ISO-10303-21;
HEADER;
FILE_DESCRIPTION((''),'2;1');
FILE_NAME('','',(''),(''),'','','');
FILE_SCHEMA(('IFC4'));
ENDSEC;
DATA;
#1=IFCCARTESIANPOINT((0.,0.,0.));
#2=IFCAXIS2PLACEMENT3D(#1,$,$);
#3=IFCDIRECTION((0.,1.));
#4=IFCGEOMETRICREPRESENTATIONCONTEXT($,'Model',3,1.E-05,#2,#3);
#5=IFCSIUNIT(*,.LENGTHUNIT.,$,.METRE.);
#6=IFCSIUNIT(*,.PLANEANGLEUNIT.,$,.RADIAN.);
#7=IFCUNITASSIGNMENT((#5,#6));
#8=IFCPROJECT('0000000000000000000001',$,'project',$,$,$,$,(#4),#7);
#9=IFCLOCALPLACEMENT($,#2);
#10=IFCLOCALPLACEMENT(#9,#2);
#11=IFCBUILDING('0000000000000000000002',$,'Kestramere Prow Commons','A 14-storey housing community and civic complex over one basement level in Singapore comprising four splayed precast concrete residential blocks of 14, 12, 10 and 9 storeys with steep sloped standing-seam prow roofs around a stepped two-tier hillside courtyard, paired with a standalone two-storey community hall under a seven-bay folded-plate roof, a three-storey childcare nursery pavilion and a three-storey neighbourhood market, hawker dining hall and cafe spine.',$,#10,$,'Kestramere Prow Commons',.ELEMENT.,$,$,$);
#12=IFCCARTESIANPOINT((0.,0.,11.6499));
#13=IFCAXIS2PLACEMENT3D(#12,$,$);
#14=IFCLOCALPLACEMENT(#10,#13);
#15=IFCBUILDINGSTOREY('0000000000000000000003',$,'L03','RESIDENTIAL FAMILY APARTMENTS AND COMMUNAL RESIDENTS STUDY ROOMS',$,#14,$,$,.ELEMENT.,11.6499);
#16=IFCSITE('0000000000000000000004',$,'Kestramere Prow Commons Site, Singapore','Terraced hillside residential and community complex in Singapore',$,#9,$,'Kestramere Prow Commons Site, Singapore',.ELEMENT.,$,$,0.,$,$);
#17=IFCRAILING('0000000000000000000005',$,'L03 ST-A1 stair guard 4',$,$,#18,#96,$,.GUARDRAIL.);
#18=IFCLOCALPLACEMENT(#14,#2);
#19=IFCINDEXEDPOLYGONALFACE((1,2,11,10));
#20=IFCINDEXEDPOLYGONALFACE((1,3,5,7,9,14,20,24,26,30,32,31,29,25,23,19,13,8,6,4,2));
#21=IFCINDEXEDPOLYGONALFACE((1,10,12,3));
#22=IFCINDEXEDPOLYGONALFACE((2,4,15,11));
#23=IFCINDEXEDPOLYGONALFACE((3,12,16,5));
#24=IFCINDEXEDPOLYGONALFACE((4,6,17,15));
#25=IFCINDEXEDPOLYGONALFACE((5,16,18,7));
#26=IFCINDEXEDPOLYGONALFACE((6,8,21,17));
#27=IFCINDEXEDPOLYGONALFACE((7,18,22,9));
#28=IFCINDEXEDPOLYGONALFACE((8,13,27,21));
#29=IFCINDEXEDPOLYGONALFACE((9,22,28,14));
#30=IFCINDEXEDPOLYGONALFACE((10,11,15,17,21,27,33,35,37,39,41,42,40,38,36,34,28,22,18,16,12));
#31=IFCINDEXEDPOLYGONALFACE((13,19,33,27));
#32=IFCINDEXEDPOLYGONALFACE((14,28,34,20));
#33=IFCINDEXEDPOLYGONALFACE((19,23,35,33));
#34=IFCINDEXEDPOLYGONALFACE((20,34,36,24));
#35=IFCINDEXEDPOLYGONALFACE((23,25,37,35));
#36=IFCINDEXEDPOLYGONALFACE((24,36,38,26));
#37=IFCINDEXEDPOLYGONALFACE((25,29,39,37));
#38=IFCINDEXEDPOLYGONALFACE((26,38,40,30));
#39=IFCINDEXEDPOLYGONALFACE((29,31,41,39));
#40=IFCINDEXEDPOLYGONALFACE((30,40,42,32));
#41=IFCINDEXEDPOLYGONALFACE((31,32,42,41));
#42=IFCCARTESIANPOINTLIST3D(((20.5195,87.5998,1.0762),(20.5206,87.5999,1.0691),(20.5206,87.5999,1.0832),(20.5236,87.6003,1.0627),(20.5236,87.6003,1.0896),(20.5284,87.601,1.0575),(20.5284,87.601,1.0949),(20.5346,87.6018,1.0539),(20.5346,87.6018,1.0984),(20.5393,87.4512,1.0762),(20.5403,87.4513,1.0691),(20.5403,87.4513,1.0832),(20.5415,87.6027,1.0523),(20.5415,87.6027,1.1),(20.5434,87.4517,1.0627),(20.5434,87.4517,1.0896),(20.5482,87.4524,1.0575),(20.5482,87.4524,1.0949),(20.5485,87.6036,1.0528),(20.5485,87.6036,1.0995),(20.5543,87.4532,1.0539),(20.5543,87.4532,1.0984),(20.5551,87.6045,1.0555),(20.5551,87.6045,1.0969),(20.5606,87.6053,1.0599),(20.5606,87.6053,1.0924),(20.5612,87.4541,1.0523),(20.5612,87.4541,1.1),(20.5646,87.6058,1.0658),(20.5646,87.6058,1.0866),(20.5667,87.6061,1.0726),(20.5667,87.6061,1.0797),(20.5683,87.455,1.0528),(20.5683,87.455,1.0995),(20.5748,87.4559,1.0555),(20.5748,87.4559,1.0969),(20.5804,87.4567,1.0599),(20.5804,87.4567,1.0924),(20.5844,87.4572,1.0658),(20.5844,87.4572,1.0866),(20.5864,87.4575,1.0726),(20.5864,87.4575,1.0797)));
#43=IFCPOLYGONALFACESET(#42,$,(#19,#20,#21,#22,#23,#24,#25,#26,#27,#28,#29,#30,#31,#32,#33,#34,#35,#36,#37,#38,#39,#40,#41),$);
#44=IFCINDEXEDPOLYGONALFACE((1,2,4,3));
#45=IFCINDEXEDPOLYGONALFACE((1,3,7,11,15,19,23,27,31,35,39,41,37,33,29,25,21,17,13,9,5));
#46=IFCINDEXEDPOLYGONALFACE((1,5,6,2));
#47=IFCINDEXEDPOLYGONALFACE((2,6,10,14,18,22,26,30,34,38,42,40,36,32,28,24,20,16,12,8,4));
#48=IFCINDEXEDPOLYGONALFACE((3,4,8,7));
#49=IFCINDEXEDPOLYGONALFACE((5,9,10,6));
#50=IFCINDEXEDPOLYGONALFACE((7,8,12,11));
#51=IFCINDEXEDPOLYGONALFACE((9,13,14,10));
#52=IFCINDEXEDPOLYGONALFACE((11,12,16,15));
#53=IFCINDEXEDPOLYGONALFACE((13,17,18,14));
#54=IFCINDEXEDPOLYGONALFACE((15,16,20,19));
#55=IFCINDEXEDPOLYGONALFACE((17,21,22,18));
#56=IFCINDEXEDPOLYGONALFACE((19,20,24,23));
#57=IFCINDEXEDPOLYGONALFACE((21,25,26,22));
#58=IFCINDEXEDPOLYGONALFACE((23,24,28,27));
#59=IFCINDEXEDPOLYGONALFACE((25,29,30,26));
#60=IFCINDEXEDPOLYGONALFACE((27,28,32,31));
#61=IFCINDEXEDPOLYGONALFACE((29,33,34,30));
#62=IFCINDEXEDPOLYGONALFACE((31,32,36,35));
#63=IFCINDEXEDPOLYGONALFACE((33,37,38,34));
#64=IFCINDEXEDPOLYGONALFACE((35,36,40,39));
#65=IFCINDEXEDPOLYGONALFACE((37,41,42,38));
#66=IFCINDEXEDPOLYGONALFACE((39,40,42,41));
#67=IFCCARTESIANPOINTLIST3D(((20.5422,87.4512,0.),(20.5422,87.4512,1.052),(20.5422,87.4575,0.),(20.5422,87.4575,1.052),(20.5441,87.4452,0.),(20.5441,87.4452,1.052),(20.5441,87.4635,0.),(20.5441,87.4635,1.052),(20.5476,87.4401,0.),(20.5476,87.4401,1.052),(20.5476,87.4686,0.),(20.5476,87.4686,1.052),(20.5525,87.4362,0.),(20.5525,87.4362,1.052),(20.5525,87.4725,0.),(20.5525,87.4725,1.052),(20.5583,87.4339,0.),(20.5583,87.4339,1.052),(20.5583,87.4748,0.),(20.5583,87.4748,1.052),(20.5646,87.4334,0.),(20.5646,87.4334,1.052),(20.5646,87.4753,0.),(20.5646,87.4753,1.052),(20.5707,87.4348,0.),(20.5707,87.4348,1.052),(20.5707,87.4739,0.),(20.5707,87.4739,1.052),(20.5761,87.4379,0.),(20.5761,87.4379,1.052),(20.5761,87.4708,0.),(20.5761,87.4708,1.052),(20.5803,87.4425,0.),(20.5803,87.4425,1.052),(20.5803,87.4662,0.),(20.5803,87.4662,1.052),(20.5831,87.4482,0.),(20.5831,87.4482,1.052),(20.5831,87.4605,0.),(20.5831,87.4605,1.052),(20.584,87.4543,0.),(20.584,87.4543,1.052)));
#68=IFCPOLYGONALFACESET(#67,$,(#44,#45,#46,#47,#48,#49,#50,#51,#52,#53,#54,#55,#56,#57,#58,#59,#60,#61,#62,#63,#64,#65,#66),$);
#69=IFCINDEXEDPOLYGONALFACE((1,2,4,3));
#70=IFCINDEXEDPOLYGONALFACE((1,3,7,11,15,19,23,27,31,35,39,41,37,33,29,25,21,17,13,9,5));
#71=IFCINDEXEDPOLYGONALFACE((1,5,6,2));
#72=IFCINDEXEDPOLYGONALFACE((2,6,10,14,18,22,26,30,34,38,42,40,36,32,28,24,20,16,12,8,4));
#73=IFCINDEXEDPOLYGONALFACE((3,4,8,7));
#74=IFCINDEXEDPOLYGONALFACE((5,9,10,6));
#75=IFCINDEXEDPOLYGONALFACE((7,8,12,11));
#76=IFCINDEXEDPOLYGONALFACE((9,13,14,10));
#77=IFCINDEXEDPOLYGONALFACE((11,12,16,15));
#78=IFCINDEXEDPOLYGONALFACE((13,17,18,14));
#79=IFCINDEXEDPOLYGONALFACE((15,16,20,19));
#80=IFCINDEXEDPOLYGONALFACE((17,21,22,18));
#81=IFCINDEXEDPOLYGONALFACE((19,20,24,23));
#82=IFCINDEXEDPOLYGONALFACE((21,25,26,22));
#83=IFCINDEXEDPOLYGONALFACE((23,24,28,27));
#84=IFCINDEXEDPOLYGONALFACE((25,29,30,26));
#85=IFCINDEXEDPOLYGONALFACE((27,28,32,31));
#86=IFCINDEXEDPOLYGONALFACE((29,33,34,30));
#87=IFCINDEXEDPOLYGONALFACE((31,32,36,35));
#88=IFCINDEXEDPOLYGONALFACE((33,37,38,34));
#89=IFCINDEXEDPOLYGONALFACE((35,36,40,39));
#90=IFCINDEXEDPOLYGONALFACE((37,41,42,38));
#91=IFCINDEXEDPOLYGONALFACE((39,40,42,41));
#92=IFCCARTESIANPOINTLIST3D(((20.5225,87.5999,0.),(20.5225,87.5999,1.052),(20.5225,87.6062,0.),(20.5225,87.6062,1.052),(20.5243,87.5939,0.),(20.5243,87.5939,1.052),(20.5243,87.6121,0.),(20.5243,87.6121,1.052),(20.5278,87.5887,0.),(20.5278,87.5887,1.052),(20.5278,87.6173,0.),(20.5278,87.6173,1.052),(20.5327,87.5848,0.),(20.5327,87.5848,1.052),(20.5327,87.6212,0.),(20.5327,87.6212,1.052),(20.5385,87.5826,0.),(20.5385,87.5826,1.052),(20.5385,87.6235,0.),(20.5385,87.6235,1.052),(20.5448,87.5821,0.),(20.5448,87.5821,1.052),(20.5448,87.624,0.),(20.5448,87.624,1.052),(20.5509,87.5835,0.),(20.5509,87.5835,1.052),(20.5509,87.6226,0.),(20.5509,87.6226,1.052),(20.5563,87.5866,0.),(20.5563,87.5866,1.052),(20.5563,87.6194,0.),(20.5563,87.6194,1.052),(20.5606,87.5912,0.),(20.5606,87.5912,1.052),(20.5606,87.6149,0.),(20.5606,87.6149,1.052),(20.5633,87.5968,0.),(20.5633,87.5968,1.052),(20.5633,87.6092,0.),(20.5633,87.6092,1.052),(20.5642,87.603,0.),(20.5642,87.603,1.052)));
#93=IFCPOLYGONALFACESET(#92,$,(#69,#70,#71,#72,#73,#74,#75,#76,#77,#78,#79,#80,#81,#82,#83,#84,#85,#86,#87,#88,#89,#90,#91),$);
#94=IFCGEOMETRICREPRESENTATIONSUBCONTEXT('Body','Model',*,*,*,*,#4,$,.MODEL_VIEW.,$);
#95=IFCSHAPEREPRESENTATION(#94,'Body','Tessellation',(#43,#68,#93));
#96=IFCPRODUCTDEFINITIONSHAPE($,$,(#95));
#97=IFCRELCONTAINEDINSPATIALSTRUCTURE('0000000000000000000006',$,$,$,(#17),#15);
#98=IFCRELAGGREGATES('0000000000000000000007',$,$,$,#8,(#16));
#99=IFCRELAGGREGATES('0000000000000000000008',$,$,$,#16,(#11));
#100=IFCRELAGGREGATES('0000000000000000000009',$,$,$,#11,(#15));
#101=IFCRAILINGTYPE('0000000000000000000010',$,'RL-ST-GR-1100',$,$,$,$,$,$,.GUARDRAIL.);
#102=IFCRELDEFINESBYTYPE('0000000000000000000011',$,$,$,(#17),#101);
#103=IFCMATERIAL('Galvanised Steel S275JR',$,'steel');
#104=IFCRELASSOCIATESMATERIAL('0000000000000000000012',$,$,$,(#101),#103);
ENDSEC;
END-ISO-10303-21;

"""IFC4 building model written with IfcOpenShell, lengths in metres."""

from ifc_helpers import new_model, si_unit, direction, frame, origin, origin_2d, place, context, subcontext, project, spatial, circle, extrude, material, type_object, element, save


model = new_model("IFC4")

# Units and contexts
model_context = context("Model", 3, precision=1e-05, world=origin(), true_north=direction((0.0, 1.0)))
body_context = subcontext(model_context, "Body", "Model", "MODEL_VIEW")
ifc_project = project(units=[si_unit("LENGTHUNIT", "METRE"), si_unit("PLANEANGLEUNIT", "RADIAN")], contexts=[model_context])

# Site, building, storey
site_placement = place(None, origin())
site = spatial("IfcSite", under=ifc_project, at=site_placement, Name="Kestramere Prow Commons Site, Singapore", Description="Terraced hillside residential and community complex in Singapore", LongName="Kestramere Prow Commons Site, Singapore", CompositionType="ELEMENT", RefElevation=0.0)
building_placement = place(site_placement, origin())
building = spatial("IfcBuilding", under=site, at=building_placement, Name="Kestramere Prow Commons", Description="A 14-storey housing community and civic complex over one basement level in Singapore comprising four splayed precast concrete residential blocks of 14, 12, 10 and 9 storeys with steep sloped standing-seam prow roofs around a stepped two-tier hillside courtyard, paired with a standalone two-storey community hall under a seven-bay folded-plate roof, a three-storey childcare nursery pavilion and a three-storey neighbourhood market, hawker dining hall and cafe spine.", LongName="Kestramere Prow Commons", CompositionType="ELEMENT")
storey_placement = place(building_placement, frame((0.0, 0.0, 11.6499)))
storey = spatial("IfcBuildingStorey", under=building, at=storey_placement, Name="L03", Description="RESIDENTIAL FAMILY APARTMENTS AND COMMUNAL RESIDENTS STUDY ROOMS", CompositionType="ELEMENT", Elevation=11.6499)

# Railing
ifc_material_1 = material(Name="Galvanised Steel S275JR", Category="steel")
railing_type_1 = type_object("IfcRailingType", Name="RL-ST-GR-1100", PredefinedType="GUARDRAIL", material=ifc_material_1)
railing_1_placement = place(storey_placement, frame((20.563, 87.4543, 0.0)))
element("IfcRailing", 1, at=railing_1_placement, inside=storey, type_object=railing_type_1, Name="L03 ST-A1 stair guard 4", PredefinedType="GUARDRAIL", context=body_context, shape_type="SweptSolid", body=[
    extrude(circle(Radius=0.0239, at=origin_2d()), frame((0.0, 0.0, 1.0762), z_axis=(-0.131844, 0.99127, 0.0), x_axis=(-0.99127, -0.131844, 0.0)), (0.0, 0.0, 1.0), 0.1499),
    extrude(circle(Radius=0.021, at=origin_2d()), origin(), (0.0, 0.0, 1.0), 1.052),
    extrude(circle(Radius=0.021, at=origin_2d()), frame((-0.0198, 0.1487, 0.0)), (0.0, 0.0, 1.0), 1.052),
])

save(model, "model.ifc")
